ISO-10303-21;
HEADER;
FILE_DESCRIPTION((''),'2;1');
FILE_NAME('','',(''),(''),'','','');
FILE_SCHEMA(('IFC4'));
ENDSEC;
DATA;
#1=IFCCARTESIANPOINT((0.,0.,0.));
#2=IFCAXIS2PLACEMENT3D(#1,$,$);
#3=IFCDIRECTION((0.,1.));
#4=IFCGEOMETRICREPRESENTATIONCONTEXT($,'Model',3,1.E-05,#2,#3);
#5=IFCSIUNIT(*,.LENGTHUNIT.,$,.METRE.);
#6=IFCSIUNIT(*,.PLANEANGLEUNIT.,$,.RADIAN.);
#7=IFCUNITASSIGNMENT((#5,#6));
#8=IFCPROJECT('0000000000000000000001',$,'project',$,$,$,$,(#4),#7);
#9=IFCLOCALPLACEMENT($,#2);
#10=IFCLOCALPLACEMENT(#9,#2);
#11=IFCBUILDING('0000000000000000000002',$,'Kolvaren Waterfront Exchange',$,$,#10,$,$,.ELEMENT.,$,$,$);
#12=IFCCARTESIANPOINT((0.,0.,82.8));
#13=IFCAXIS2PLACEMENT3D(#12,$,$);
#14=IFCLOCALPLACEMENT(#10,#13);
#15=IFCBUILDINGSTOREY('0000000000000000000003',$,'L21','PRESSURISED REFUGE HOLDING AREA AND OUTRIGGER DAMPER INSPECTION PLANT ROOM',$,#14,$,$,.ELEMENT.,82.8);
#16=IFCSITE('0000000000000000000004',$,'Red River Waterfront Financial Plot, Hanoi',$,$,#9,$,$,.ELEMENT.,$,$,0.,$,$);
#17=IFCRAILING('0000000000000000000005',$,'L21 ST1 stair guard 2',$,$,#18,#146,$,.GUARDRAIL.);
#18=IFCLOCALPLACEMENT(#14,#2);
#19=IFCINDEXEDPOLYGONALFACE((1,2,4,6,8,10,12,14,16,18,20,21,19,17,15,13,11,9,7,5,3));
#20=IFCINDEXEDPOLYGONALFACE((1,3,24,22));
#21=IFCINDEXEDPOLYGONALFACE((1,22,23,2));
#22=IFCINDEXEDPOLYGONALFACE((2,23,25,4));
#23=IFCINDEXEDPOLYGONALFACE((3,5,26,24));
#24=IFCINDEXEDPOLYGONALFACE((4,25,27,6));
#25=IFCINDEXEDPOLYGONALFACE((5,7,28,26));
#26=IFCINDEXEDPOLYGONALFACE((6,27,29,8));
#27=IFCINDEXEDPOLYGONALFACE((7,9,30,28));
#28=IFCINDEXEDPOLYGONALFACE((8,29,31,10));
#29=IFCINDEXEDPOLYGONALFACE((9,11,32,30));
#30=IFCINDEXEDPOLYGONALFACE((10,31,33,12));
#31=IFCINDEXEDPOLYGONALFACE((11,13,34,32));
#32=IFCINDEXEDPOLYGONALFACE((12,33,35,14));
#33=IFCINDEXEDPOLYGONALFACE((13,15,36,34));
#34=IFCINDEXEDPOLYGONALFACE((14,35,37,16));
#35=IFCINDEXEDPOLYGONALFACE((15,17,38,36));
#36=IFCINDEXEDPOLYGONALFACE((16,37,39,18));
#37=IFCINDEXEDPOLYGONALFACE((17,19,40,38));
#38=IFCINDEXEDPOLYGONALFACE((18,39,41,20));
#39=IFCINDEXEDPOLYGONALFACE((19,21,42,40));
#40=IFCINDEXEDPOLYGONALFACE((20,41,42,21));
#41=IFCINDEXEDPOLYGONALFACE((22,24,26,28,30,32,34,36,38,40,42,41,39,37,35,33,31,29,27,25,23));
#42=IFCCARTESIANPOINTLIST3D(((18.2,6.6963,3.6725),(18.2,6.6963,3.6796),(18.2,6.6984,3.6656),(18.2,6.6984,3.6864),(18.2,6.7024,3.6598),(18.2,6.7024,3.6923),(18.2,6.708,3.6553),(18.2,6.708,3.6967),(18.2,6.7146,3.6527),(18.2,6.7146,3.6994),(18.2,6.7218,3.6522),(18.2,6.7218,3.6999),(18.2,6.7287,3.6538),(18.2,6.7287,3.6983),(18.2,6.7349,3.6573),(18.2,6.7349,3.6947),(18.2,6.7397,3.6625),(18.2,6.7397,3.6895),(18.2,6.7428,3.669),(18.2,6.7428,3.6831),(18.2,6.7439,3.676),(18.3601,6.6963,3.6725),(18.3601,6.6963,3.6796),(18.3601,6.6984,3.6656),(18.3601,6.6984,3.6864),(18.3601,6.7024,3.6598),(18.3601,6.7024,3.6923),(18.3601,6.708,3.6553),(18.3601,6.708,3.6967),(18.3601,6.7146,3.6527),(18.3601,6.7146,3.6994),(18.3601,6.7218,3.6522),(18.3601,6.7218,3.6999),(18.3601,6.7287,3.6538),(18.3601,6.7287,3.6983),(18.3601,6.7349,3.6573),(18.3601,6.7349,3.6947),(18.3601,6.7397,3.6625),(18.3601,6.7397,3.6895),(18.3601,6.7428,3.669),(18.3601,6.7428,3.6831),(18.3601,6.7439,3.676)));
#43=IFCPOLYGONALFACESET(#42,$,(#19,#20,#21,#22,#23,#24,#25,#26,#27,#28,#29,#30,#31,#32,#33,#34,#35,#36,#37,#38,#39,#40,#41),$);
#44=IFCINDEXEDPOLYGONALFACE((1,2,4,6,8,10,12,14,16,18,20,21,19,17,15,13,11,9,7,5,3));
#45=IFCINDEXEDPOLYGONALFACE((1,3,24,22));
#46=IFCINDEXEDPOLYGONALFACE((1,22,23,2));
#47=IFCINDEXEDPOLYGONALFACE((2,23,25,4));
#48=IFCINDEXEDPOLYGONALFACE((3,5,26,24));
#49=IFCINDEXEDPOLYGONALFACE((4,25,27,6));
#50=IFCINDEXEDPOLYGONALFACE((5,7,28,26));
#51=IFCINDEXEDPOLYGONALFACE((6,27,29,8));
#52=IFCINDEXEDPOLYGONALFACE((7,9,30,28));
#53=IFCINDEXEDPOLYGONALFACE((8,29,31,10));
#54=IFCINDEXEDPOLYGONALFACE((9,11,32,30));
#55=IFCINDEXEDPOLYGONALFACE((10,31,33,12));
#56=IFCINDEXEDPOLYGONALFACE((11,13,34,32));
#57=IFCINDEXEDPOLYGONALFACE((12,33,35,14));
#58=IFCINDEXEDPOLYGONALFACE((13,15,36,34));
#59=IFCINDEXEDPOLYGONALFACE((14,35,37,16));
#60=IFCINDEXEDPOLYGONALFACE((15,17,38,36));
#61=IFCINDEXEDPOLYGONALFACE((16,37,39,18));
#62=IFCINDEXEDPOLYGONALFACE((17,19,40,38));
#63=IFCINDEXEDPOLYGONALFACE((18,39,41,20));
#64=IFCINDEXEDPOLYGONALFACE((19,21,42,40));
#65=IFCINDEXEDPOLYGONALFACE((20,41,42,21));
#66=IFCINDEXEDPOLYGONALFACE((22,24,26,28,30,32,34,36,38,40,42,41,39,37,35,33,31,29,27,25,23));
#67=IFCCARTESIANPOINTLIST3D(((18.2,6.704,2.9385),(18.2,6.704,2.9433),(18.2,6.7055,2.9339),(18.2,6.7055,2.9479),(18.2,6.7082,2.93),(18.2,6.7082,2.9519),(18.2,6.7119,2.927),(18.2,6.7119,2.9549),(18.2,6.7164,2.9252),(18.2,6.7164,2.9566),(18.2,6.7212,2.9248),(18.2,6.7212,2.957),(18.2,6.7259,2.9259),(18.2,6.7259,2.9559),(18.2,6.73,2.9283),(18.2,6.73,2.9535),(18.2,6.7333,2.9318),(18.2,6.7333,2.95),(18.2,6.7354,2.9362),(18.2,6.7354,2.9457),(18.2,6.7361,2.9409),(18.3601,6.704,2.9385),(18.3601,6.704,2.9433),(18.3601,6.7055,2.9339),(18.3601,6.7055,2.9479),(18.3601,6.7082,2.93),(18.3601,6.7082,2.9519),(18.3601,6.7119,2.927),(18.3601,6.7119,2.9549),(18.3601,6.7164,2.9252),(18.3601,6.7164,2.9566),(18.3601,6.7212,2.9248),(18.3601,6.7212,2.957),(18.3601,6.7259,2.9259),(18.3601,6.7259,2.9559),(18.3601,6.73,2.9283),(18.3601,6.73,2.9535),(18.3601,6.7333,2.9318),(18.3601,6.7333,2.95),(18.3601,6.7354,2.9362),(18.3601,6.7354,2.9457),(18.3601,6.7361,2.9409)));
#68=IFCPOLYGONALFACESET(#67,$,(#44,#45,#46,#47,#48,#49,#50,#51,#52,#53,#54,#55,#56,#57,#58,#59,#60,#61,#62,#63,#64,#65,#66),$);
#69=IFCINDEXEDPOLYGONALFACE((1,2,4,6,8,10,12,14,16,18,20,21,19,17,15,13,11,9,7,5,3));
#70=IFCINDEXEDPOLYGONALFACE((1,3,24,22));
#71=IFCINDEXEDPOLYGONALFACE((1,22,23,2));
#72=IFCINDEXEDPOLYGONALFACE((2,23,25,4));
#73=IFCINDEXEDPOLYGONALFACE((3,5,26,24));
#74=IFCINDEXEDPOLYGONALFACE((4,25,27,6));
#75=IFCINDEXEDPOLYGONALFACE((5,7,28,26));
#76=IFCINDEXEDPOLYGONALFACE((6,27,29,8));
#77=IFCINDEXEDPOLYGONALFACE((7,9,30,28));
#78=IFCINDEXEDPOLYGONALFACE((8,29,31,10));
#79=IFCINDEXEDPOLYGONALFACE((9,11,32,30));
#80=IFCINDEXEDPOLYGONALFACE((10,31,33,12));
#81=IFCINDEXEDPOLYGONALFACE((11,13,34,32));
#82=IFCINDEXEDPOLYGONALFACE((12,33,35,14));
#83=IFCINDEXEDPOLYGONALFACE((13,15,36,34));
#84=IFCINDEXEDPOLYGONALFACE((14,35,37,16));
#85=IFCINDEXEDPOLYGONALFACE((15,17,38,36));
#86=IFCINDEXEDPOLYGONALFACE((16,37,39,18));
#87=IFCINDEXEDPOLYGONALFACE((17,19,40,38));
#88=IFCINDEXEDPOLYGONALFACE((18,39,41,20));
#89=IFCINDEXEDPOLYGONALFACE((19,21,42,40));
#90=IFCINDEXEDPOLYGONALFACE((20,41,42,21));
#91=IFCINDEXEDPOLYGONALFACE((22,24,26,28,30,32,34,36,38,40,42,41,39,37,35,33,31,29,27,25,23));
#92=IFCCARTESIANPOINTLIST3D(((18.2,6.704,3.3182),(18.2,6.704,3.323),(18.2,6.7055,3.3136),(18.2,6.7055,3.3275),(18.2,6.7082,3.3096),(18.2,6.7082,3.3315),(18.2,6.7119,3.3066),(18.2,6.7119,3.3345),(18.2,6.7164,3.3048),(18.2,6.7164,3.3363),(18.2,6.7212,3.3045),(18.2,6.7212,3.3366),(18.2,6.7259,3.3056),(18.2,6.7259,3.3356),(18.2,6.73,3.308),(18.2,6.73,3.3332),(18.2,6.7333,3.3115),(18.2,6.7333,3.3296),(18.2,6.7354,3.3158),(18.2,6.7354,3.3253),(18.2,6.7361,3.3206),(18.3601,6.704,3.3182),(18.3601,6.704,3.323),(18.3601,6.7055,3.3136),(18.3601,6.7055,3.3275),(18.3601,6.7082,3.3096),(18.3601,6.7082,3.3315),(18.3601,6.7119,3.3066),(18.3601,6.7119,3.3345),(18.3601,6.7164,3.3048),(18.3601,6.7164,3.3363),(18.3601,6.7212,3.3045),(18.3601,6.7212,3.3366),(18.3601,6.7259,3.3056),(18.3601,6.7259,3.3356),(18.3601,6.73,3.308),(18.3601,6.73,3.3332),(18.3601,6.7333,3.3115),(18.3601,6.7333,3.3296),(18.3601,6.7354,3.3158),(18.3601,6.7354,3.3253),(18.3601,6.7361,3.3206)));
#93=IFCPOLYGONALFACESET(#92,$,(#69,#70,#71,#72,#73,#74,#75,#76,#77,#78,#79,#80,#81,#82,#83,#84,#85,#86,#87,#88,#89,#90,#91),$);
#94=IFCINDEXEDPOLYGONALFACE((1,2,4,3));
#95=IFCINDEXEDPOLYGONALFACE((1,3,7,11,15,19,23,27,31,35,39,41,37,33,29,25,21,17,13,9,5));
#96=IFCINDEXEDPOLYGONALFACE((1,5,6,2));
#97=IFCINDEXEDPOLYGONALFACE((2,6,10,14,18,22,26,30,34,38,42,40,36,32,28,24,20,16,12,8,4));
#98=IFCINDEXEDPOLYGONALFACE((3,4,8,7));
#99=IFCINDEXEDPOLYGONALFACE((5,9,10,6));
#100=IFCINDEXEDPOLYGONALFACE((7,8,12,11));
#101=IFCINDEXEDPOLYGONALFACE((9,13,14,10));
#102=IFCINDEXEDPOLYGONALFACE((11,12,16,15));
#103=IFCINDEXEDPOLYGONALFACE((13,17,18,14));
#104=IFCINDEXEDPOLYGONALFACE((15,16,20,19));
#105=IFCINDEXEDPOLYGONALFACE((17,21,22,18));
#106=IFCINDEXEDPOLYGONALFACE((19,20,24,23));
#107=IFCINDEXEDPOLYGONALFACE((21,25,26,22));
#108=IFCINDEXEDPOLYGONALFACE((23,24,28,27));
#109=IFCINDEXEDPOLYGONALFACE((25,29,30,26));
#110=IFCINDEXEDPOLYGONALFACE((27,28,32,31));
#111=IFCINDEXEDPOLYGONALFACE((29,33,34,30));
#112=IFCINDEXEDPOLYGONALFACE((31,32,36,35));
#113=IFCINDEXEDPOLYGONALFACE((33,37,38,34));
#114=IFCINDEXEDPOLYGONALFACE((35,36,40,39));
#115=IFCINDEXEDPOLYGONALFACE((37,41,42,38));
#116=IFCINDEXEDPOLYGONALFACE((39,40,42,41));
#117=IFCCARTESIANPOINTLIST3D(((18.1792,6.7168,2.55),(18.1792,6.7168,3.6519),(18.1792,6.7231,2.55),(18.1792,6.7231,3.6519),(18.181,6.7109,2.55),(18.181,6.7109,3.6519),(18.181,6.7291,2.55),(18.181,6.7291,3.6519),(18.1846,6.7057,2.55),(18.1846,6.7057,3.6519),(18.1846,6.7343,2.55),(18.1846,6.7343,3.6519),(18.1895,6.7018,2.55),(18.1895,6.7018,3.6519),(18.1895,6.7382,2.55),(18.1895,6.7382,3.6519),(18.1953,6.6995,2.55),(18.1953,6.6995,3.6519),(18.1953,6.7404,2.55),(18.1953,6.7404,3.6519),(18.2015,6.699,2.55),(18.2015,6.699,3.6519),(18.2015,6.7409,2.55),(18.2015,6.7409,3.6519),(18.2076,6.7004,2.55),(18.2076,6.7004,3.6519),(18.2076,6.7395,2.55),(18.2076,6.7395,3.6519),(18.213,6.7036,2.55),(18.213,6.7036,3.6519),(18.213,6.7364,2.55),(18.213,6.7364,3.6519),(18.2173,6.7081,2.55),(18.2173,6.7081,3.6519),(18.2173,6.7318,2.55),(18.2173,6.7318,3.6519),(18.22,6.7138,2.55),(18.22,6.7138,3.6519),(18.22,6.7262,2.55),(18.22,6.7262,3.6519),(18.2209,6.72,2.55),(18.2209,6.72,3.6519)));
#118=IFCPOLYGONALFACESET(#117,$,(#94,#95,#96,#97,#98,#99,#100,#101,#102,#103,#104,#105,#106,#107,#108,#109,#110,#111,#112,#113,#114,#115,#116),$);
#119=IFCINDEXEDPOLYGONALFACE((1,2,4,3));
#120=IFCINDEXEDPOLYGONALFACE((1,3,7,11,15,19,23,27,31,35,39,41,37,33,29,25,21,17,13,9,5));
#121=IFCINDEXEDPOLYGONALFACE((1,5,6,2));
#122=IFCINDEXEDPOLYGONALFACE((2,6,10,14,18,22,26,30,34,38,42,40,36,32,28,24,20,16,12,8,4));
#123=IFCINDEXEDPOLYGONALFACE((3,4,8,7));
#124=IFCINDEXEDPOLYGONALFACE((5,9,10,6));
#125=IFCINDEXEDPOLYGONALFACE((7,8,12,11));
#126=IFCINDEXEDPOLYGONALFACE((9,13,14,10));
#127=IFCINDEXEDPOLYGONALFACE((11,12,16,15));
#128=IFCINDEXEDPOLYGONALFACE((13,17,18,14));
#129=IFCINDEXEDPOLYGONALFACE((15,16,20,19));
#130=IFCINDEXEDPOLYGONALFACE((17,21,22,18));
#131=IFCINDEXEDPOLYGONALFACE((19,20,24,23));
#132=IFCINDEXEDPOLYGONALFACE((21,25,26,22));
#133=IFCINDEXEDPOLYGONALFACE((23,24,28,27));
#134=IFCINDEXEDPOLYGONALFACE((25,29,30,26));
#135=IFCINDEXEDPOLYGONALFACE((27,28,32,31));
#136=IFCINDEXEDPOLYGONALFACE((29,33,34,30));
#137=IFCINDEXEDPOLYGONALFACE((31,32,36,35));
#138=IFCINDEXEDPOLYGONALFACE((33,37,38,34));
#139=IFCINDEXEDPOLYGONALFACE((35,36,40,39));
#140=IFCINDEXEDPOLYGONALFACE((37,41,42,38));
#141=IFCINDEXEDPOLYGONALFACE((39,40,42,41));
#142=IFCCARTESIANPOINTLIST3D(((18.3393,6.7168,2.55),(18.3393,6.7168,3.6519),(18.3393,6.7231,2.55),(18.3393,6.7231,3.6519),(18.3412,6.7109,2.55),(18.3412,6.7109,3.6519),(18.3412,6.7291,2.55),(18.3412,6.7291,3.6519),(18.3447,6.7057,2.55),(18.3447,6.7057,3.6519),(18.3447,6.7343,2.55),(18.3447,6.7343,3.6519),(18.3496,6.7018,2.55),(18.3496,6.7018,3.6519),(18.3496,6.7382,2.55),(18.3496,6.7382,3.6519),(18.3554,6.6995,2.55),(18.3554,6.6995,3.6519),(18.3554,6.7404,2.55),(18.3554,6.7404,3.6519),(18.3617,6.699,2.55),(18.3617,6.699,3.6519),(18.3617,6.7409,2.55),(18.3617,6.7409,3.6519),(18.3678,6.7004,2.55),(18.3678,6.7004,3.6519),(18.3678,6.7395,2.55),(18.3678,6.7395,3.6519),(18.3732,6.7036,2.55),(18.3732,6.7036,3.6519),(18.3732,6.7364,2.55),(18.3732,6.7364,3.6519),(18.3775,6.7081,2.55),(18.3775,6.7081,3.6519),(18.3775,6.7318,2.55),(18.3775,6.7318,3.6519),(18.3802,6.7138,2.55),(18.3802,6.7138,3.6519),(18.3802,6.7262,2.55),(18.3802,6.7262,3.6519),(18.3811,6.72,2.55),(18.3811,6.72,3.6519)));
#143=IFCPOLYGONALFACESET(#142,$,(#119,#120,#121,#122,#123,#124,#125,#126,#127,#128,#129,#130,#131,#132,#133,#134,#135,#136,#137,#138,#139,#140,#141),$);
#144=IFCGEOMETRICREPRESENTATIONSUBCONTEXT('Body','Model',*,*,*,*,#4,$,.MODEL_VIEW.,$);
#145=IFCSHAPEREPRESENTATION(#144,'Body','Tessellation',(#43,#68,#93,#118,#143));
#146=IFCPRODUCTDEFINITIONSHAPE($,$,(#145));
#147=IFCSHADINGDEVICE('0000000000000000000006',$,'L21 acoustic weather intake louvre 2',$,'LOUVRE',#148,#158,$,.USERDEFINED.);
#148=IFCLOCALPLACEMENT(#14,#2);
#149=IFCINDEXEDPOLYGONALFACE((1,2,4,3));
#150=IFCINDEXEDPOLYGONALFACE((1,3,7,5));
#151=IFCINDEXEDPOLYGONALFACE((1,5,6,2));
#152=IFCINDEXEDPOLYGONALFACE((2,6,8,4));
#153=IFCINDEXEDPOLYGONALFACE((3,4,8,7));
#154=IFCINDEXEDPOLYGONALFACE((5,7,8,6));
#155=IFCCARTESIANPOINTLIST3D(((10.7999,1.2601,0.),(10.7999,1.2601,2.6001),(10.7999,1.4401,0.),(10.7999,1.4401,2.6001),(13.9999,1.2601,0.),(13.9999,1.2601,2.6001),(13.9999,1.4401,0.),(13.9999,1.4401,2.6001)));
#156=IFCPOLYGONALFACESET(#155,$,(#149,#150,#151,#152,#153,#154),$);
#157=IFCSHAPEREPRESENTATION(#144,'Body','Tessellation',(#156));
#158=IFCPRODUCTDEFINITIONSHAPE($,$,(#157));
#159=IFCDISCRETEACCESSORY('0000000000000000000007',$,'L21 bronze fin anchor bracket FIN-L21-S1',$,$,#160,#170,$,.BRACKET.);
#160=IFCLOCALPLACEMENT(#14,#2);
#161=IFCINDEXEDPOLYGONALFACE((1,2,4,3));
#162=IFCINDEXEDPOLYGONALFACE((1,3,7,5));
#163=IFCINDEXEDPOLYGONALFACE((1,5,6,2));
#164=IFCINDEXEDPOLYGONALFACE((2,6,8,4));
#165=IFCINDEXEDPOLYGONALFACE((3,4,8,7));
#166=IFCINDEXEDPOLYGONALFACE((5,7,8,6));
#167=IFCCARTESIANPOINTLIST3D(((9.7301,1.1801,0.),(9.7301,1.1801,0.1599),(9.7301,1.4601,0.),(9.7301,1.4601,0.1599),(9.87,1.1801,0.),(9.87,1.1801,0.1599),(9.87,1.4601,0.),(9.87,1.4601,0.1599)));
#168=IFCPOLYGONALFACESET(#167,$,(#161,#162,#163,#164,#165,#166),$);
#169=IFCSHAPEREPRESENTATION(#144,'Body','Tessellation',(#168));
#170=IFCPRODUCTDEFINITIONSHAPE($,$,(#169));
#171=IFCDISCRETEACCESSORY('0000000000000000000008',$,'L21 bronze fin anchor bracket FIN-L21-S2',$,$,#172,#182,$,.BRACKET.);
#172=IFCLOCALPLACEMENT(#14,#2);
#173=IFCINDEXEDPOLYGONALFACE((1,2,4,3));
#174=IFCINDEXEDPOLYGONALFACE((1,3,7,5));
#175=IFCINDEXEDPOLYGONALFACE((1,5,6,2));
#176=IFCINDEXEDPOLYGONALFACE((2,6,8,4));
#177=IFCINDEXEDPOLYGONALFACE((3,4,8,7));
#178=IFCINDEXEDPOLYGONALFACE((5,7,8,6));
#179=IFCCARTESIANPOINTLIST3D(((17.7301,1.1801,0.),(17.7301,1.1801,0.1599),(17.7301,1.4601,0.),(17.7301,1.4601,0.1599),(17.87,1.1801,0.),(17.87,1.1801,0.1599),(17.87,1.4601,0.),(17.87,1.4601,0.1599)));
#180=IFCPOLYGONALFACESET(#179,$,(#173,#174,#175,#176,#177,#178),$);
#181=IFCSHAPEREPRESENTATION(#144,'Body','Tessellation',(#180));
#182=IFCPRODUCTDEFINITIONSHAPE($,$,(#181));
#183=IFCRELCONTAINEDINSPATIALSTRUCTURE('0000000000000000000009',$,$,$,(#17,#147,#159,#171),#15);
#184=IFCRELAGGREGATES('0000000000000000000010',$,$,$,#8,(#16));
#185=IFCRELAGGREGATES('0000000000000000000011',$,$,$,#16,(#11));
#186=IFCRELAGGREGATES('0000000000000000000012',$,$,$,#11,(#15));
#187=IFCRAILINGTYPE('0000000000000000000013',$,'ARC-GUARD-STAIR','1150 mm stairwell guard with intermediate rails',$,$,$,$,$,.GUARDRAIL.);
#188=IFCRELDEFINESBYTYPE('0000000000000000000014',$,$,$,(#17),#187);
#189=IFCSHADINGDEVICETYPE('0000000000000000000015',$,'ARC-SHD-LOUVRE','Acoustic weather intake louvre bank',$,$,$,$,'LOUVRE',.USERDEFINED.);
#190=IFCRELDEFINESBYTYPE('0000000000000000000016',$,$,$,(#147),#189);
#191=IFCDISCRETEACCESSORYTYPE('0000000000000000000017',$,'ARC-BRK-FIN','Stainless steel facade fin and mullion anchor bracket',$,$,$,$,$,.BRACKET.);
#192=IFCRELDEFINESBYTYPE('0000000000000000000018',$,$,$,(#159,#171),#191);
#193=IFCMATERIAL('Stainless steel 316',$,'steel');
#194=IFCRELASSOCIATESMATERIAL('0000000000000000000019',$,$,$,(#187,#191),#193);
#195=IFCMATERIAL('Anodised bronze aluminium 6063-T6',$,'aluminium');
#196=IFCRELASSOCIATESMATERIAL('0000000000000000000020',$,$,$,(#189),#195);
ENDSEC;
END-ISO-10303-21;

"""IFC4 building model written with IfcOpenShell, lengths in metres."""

from ifc_helpers import new_model, si_unit, direction, frame, origin, origin_with_axes, origin_2d, place, context, subcontext, project, spatial, rectangle, circle, extrude, source, transform, mapped, material, type_object, element, save


model = new_model("IFC4")

# Units and contexts
model_context = context("Model", 3, precision=1e-05, world=origin(), true_north=direction((0.0, 1.0)))
body_context = subcontext(model_context, "Body", "Model", "MODEL_VIEW")
ifc_project = project(units=[si_unit("LENGTHUNIT", "METRE"), si_unit("PLANEANGLEUNIT", "RADIAN")], contexts=[model_context])

# Site, building, storey
site_placement = place(None, origin())
site = spatial("IfcSite", under=ifc_project, at=site_placement, Name="Red River Waterfront Financial Plot, Hanoi", CompositionType="ELEMENT", RefElevation=0.0)
building_placement = place(site_placement, origin())
building = spatial("IfcBuilding", under=site, at=building_placement, Name="Kolvaren Waterfront Exchange", CompositionType="ELEMENT")
storey_placement = place(building_placement, frame((0.0, 0.0, 82.8)))
storey = spatial("IfcBuildingStorey", under=building, at=storey_placement, Name="L21", Description="PRESSURISED REFUGE HOLDING AREA AND OUTRIGGER DAMPER INSPECTION PLANT ROOM", CompositionType="ELEMENT", Elevation=82.8)

# Shared definitions
ifc_material_1 = material(Name="Anodised bronze aluminium 6063-T6", Category="aluminium")

# Railing
ifc_material_2 = material(Name="Stainless steel 316", Category="steel")
railing_type = type_object("IfcRailingType", Name="ARC-GUARD-STAIR", Description="1150 mm stairwell guard with intermediate rails", PredefinedType="GUARDRAIL", material=ifc_material_2)
railing_1_placement = place(storey_placement, frame((18.2, 6.72, 2.55)))
element("IfcRailing", 1, at=railing_1_placement, inside=storey, type_object=railing_type, Name="L21 ST1 stair guard 2", PredefinedType="GUARDRAIL", context=body_context, shape_type="SweptSolid", body=[
    extrude(circle(Radius=0.0239, at=origin_2d()), frame((0.0, 0.0, 1.126), z_axis=(1.0, 0.0, 0.0), x_axis=(0.0, 1.0, 0.0)), (0.0, 0.0, 1.0), 0.1602),
    extrude(circle(Radius=0.0161, at=origin_2d()), frame((0.0, 0.0, 0.3909), z_axis=(1.0, 0.0, 0.0), x_axis=(0.0, 1.0, 0.0)), (0.0, 0.0, 1.0), 0.1602),
    extrude(circle(Radius=0.0161, at=origin_2d()), frame((0.0, 0.0, 0.7705), z_axis=(1.0, 0.0, 0.0), x_axis=(0.0, 1.0, 0.0)), (0.0, 0.0, 1.0), 0.1602),
    extrude(circle(Radius=0.021, at=origin_2d()), origin(), (0.0, 0.0, 1.0), 1.1018),
    extrude(circle(Radius=0.021, at=origin_2d()), frame((0.1602, 0.0, 0.0)), (0.0, 0.0, 1.0), 1.1018),
])

# Shading device
shading_device_type_1 = type_object("IfcShadingDeviceType", Name="ARC-SHD-LOUVRE", Description="Acoustic weather intake louvre bank", ElementType="LOUVRE", PredefinedType="USERDEFINED", material=ifc_material_1)
shared_shape_1 = source(origin_with_axes(), body_context, "Body", "SweptSolid", [
    extrude(rectangle(XDim=3.2, YDim=0.1799, at=origin_2d()), origin(), (0.0, 0.0, 1.0), 2.6001),
])
shading_device_placement = place(storey_placement, frame((12.3999, 1.3501, 0.0), z_axis=(0.0, 0.0, 1.0), x_axis=(1.0, 0.0, 0.0)))
element("IfcShadingDevice", 2, at=shading_device_placement, inside=storey, type_object=shading_device_type_1, Name="L21 acoustic weather intake louvre 2", ObjectType="LOUVRE", PredefinedType="USERDEFINED", context=body_context, shape_type="MappedRepresentation", body=[
    mapped(shared_shape_1, transform((0.0, 0.0, 0.0), x_axis=(1.0, 0.0, 0.0), y_axis=(0.0, 1.0, 0.0), z_axis=(0.0, 0.0, 1.0), scale=1.0)),
])

# Discrete accessories
discrete_accessory_type = type_object("IfcDiscreteAccessoryType", Name="ARC-BRK-FIN", Description="Stainless steel facade fin and mullion anchor bracket", PredefinedType="BRACKET", material=ifc_material_2)
shared_shape_2 = source(origin_with_axes(), body_context, "Body", "SweptSolid", [
    extrude(rectangle(XDim=0.28, YDim=0.1399, at=origin_2d()), origin(), (0.0, 0.0, 1.0), 0.1599),
])
for number, where, z_axis, x_axis, name in (
    (3, (9.8, 1.3201, 0.0), (0.0, 0.0, 1.0), (0.0, -1.0, 0.0), "L21 bronze fin anchor bracket FIN-L21-S1"),
    (4, (17.8, 1.3201, 0.0), (0.0, 0.0, 1.0), (0.0, -1.0, 0.0), "L21 bronze fin anchor bracket FIN-L21-S2"),
):
    element("IfcDiscreteAccessory", number, at=place(storey_placement, frame(where, z_axis=z_axis, x_axis=x_axis)), inside=storey, type_object=discrete_accessory_type, Name=name, PredefinedType="BRACKET", context=body_context, shape_type="MappedRepresentation", body=[
        mapped(shared_shape_2, transform((0.0, 0.0, 0.0), x_axis=(1.0, 0.0, 0.0), y_axis=(0.0, 1.0, 0.0), z_axis=(0.0, 0.0, 1.0), scale=1.0)),
    ])

save(model, "model.ifc")
